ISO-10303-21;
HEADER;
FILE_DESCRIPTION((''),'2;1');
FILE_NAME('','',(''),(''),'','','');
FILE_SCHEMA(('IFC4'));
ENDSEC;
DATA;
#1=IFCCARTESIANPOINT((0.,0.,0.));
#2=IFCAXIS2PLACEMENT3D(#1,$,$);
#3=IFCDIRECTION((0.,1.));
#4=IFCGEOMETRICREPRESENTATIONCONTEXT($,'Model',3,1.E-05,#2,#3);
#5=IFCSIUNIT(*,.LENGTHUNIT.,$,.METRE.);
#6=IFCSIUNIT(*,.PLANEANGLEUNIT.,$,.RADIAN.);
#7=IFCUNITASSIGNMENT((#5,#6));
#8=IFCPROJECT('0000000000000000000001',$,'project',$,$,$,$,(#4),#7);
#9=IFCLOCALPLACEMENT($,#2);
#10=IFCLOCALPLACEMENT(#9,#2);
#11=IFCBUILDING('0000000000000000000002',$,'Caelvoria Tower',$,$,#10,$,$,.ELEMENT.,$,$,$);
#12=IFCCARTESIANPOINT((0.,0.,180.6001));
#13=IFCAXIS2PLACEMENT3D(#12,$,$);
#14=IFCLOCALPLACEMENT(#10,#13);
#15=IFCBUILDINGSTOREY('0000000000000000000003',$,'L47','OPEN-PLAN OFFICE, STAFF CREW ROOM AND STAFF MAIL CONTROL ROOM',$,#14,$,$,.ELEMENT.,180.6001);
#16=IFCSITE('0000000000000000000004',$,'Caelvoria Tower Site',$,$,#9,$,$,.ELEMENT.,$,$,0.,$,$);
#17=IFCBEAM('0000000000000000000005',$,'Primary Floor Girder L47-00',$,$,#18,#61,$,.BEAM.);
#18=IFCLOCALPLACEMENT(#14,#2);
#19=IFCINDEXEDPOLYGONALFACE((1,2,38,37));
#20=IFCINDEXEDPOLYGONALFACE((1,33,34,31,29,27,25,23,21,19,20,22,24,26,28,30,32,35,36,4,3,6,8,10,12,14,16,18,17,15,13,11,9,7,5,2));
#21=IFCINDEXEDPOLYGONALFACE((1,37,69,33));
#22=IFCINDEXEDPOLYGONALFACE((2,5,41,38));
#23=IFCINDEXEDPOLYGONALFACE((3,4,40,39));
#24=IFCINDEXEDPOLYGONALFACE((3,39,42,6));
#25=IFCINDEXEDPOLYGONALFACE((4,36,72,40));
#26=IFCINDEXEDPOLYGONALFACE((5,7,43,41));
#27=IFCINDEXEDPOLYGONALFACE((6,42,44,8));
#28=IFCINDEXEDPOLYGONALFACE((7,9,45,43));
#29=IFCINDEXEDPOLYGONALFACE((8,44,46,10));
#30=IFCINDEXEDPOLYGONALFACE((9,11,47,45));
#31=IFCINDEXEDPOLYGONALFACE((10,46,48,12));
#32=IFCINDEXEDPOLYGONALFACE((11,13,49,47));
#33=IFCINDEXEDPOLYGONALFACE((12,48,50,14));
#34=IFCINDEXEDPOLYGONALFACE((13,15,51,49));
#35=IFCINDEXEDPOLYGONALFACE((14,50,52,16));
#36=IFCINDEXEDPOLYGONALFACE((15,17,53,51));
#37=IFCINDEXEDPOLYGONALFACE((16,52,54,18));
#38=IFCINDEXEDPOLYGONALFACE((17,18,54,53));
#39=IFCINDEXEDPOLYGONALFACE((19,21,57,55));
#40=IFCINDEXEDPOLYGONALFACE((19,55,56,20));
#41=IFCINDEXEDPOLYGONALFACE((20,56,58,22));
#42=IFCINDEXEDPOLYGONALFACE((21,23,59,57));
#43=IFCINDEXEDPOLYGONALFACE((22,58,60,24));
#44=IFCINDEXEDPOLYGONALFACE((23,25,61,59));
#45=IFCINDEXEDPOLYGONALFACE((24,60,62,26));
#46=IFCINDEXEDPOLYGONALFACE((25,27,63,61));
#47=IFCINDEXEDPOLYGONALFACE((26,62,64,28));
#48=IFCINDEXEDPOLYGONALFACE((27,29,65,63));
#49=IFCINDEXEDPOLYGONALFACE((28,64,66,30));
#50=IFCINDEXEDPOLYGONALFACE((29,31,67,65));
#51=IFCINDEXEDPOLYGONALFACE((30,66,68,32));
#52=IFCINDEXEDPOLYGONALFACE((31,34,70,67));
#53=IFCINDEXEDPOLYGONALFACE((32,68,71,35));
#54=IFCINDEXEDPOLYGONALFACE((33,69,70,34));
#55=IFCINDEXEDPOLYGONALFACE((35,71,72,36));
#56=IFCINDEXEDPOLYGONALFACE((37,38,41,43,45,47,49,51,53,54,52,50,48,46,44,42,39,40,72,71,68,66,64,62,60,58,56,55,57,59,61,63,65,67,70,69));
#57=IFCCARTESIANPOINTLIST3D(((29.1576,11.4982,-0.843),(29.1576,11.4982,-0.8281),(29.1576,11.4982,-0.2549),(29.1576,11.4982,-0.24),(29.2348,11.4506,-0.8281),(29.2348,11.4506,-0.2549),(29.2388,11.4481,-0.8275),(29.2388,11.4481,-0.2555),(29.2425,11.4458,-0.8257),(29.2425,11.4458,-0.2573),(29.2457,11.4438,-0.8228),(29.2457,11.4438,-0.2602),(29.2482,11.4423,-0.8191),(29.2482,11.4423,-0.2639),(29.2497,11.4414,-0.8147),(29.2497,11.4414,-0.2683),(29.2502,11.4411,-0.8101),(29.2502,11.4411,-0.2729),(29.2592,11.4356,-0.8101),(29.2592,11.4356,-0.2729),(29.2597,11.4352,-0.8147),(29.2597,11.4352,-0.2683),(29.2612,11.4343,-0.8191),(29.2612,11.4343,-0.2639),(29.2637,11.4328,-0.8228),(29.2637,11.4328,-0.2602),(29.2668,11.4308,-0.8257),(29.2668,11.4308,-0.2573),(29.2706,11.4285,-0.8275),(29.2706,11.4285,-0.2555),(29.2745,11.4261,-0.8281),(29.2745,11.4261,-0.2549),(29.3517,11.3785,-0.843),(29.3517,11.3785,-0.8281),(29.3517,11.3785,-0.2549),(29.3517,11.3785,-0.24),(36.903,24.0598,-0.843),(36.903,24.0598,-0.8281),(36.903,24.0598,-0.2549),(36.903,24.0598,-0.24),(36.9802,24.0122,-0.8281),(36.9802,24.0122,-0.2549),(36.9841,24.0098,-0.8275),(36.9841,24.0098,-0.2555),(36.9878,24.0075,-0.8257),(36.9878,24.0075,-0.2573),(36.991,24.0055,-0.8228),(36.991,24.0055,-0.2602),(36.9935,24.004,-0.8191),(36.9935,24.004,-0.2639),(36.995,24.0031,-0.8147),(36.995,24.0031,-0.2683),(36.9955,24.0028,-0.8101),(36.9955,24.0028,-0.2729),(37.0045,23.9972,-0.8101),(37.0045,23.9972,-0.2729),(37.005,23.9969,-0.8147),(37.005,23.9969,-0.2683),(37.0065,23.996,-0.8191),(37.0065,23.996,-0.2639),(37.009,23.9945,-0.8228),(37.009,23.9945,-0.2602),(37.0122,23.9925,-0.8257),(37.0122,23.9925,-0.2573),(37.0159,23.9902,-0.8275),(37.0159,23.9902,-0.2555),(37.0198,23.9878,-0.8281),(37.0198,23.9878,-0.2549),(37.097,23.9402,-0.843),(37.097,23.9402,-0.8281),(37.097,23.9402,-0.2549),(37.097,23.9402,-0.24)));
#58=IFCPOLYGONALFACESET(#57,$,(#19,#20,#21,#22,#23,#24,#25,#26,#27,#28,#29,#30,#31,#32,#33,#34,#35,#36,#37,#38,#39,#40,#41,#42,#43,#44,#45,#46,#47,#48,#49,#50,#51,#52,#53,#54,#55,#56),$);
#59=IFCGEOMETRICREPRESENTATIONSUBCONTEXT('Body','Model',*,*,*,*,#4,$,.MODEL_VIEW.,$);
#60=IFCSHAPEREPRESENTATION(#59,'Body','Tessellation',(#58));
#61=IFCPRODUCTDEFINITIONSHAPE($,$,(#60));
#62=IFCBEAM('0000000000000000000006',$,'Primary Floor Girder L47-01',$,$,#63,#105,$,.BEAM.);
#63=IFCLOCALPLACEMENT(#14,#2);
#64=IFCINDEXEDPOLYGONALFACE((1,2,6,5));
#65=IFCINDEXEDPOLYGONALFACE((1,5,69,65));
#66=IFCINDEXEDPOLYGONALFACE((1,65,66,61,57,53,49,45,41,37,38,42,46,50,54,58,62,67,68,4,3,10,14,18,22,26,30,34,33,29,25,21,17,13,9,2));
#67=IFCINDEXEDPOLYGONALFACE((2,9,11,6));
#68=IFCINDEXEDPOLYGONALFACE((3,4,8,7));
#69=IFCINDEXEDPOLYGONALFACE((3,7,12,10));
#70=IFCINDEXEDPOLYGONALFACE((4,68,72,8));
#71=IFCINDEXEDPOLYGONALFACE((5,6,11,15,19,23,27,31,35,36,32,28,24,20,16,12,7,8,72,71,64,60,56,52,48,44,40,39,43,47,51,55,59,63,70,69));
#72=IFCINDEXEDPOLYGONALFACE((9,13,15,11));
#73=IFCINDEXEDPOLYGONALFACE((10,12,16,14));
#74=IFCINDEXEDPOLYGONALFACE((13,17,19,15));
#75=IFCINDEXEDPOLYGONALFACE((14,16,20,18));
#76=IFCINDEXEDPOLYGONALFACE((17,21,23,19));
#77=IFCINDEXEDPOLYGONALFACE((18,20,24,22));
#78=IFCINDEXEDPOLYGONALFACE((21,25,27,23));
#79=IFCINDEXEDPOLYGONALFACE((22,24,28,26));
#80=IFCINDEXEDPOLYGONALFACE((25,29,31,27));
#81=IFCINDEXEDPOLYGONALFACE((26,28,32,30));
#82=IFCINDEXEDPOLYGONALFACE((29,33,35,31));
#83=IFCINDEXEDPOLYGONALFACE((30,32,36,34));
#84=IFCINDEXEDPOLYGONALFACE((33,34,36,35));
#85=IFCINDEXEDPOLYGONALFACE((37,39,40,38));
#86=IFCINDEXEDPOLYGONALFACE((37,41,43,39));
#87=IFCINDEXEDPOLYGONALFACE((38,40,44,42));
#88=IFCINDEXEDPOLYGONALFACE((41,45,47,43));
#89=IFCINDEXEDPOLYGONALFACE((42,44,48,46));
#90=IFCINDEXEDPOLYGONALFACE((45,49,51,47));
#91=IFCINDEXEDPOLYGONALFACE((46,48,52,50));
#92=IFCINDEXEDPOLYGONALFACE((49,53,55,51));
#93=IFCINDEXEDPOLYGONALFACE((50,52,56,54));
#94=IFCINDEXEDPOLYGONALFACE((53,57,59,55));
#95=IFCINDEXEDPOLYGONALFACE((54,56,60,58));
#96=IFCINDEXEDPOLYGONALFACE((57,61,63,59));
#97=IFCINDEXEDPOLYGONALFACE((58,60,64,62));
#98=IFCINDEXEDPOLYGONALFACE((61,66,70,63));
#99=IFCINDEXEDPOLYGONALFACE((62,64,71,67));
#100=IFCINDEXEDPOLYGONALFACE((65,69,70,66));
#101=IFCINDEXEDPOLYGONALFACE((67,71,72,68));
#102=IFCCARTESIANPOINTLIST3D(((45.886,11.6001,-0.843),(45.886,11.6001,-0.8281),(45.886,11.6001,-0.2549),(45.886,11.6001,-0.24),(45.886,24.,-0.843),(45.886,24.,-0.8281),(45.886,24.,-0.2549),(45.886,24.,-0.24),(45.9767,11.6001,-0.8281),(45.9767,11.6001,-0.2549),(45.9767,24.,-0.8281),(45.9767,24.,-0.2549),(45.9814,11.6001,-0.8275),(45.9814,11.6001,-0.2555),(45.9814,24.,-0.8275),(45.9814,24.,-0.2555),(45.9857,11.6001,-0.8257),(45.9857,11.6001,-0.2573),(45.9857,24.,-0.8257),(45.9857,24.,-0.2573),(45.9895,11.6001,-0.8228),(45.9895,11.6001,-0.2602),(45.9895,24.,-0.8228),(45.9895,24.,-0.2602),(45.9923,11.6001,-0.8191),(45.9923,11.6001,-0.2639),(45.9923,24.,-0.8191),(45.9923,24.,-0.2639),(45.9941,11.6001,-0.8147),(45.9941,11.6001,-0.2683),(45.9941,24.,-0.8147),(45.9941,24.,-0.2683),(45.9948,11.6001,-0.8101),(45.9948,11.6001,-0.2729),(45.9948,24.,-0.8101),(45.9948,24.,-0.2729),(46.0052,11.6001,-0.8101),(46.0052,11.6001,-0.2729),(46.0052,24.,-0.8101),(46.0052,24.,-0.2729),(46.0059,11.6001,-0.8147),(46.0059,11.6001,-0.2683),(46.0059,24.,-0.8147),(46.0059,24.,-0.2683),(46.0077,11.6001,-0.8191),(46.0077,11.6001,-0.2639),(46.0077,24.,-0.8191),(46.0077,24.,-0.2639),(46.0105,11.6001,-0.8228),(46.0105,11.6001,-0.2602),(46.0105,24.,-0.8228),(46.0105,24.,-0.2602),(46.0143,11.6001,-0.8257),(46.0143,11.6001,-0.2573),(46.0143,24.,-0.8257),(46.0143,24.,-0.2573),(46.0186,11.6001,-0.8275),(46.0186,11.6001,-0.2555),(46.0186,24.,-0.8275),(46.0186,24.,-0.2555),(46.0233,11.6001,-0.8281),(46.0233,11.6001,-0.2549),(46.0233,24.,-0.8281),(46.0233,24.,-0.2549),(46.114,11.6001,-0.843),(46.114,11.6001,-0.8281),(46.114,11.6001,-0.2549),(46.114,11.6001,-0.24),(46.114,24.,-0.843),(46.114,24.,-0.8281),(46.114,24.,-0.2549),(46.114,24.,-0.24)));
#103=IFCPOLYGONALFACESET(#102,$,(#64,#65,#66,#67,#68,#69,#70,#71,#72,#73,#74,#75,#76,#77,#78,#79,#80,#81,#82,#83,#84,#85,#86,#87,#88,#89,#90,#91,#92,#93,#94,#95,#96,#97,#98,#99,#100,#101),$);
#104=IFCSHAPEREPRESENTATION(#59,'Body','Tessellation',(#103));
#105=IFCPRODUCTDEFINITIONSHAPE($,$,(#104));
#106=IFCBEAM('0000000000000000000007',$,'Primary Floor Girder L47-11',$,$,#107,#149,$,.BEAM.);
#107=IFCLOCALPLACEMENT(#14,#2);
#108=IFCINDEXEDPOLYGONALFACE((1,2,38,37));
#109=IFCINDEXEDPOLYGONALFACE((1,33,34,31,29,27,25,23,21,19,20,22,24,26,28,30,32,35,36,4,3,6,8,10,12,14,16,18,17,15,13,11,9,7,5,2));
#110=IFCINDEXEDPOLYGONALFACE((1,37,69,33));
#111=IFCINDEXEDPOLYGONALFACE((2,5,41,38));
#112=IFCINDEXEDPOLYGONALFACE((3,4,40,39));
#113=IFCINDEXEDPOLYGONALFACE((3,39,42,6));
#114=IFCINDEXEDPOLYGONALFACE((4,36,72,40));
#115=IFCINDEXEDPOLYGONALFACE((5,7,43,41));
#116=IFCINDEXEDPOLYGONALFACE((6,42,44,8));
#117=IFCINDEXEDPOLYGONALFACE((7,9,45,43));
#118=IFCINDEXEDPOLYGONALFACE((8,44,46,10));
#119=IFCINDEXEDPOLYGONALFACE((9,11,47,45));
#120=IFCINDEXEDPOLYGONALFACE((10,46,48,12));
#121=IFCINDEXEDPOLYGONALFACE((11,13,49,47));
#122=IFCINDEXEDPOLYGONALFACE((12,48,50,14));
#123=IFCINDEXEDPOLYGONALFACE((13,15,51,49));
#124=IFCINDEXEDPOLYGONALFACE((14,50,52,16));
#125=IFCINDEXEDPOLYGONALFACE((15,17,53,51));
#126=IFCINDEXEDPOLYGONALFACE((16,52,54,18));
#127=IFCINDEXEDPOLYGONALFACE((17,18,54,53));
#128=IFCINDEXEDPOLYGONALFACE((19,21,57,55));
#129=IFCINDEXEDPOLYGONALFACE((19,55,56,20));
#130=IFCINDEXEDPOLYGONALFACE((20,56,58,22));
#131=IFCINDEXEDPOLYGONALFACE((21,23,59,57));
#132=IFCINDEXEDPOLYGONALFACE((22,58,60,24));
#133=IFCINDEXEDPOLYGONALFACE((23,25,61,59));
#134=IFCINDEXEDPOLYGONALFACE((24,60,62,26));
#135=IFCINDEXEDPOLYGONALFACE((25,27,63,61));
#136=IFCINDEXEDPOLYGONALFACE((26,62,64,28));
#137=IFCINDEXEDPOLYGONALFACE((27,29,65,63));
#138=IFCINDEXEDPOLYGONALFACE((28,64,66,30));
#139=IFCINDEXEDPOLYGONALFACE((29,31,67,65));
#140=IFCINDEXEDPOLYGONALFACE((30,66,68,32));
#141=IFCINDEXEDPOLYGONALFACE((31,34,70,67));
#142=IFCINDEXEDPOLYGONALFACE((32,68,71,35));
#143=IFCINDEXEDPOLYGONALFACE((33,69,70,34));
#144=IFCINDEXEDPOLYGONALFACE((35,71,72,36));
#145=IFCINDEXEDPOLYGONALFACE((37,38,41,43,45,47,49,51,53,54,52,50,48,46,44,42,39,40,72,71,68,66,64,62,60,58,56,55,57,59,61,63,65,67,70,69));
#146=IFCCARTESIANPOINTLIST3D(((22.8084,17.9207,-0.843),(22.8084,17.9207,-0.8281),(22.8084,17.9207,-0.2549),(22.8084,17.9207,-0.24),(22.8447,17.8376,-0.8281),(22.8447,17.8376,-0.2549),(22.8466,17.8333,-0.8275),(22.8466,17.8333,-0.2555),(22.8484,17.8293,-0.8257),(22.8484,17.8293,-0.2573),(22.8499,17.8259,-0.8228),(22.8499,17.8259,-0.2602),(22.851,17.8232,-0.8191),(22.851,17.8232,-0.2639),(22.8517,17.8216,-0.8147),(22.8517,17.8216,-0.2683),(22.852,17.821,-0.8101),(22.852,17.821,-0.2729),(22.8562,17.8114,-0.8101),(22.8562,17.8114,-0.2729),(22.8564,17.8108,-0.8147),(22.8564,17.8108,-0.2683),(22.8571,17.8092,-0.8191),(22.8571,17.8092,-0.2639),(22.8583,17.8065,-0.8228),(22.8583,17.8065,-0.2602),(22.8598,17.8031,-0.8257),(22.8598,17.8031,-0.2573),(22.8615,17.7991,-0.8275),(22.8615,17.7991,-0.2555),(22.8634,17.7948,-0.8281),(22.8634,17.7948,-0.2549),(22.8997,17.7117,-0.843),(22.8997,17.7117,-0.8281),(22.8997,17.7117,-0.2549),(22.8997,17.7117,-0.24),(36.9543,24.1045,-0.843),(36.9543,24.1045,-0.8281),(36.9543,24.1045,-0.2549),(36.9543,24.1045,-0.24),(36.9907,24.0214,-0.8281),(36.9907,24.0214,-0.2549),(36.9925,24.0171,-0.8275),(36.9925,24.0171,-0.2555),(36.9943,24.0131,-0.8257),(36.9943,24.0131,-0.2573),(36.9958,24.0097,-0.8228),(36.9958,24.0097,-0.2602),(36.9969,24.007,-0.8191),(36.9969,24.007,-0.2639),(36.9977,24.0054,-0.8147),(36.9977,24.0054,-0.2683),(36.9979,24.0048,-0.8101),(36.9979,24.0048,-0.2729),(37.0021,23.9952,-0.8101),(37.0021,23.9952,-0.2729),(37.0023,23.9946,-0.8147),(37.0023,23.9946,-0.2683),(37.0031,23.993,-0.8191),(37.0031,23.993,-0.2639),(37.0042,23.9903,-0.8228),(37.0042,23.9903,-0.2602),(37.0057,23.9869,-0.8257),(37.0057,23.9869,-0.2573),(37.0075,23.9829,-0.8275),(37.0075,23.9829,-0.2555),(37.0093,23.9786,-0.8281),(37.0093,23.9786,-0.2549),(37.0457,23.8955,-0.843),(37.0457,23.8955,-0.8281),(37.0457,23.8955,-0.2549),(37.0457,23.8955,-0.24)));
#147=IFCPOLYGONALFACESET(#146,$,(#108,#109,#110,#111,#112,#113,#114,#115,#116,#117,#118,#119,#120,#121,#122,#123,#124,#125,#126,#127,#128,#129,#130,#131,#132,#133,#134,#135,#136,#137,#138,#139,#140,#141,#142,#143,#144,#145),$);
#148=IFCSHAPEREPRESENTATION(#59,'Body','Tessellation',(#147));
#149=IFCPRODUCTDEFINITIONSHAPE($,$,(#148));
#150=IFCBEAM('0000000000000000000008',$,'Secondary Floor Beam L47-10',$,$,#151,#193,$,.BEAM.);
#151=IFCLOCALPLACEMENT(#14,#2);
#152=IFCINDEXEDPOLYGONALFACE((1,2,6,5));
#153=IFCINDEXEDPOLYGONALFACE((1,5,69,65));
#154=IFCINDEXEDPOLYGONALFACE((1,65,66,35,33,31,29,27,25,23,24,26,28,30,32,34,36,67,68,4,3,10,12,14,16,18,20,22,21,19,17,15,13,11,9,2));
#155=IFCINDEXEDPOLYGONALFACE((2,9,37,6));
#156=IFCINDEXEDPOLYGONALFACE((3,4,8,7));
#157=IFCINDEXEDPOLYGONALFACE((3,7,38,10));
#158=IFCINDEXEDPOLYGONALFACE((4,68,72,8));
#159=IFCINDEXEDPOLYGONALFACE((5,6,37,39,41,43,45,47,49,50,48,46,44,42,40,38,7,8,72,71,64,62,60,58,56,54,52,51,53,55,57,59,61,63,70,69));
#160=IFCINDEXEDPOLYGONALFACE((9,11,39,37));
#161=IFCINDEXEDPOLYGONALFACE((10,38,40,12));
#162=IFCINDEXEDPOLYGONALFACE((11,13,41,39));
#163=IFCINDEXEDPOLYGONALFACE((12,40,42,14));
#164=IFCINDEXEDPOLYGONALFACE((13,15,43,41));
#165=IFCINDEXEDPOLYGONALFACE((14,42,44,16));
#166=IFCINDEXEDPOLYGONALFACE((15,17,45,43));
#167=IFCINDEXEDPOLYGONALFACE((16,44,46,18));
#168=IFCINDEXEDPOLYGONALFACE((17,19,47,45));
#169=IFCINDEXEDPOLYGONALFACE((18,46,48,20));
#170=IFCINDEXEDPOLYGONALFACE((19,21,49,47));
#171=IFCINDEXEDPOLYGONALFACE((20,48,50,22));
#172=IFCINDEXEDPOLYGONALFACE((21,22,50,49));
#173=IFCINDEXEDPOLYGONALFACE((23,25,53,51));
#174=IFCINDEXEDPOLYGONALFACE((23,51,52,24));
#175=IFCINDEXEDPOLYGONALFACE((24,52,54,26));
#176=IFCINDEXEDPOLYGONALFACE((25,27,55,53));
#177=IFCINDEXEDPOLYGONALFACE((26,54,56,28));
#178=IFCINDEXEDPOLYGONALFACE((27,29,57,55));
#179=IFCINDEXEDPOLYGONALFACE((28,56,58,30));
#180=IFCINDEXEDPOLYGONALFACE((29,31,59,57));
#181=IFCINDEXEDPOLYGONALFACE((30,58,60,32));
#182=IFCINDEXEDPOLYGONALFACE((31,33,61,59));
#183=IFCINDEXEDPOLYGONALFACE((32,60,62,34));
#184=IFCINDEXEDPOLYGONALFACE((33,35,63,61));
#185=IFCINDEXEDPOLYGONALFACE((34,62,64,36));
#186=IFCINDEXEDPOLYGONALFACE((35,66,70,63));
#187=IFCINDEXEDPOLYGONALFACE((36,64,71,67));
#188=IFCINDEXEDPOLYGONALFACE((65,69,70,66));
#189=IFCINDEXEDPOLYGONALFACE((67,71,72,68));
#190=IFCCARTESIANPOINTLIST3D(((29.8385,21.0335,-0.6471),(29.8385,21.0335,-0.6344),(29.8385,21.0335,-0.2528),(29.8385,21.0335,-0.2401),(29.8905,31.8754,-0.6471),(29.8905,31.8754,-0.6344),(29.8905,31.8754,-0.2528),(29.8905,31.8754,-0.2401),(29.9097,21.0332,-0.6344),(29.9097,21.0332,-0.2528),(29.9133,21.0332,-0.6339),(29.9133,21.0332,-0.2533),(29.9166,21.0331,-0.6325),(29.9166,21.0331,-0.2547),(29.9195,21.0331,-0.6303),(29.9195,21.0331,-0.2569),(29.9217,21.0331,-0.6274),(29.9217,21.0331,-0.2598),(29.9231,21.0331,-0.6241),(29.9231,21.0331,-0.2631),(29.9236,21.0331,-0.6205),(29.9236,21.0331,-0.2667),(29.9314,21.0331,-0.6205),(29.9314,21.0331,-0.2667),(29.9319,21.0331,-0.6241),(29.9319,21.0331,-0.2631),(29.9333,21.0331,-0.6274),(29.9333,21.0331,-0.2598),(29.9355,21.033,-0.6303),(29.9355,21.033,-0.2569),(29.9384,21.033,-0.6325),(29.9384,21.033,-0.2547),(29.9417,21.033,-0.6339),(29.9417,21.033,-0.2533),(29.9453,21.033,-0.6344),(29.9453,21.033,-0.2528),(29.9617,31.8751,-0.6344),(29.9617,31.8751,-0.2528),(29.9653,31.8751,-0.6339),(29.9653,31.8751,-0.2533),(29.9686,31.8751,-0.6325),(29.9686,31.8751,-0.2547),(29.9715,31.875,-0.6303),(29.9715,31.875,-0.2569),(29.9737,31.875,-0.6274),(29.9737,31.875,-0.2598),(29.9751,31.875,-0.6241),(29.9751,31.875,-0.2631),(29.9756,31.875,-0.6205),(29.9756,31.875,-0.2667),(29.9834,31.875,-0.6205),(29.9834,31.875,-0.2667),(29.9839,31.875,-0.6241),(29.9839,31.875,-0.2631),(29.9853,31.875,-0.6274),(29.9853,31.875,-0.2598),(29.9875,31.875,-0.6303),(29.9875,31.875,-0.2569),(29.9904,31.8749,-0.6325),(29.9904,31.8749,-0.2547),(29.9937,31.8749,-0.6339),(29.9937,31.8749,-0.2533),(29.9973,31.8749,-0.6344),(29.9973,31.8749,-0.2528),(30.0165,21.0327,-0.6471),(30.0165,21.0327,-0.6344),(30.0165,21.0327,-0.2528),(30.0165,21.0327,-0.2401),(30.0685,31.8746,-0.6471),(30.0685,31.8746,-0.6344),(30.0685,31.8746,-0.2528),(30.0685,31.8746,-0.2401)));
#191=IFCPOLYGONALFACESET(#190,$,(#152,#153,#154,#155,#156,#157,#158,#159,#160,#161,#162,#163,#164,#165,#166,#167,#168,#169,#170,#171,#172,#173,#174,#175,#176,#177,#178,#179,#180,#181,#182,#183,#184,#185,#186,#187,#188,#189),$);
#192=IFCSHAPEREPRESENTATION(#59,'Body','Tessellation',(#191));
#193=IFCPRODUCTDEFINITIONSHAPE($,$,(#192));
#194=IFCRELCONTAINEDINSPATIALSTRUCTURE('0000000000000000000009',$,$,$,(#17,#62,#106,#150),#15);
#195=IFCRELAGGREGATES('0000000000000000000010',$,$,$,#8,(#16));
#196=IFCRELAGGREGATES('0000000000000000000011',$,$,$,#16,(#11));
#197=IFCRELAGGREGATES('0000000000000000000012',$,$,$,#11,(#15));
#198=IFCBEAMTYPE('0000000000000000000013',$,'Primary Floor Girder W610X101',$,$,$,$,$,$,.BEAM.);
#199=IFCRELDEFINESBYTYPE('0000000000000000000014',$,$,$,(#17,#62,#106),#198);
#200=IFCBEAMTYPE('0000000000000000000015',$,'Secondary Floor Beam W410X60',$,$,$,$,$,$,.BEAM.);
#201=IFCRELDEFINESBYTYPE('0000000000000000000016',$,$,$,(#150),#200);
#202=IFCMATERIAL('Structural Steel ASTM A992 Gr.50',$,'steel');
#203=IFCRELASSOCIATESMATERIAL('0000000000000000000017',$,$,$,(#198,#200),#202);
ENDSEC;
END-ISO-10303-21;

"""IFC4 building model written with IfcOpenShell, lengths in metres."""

from ifc_helpers import new_model, si_unit, direction, frame, origin, origin_2d, place, context, subcontext, project, spatial, i_section, extrude, material, material_profile, profile_set, type_object, element, save


model = new_model("IFC4")

# Units and contexts
model_context = context("Model", 3, precision=1e-05, world=origin(), true_north=direction((0.0, 1.0)))
body_context = subcontext(model_context, "Body", "Model", "MODEL_VIEW")
ifc_project = project(units=[si_unit("LENGTHUNIT", "METRE"), si_unit("PLANEANGLEUNIT", "RADIAN")], contexts=[model_context])

# Site, building, storey
site_placement = place(None, origin())
site = spatial("IfcSite", under=ifc_project, at=site_placement, Name="Caelvoria Tower Site", CompositionType="ELEMENT", RefElevation=0.0)
building_placement = place(site_placement, origin())
building = spatial("IfcBuilding", under=site, at=building_placement, Name="Caelvoria Tower", CompositionType="ELEMENT")
storey_placement = place(building_placement, frame((0.0, 0.0, 180.6001)))
storey = spatial("IfcBuildingStorey", under=building, at=storey_placement, Name="L47", Description="OPEN-PLAN OFFICE, STAFF CREW ROOM AND STAFF MAIL CONTROL ROOM", CompositionType="ELEMENT", Elevation=180.6001)

# Beams
ifc_material_1 = material(Name="Structural Steel ASTM A992 Gr.50", Category="steel")
ifc_material_profile_1 = material_profile(ifc_material_1, i_section(OverallWidth=0.228, OverallDepth=0.603, WebThickness=0.0105, FlangeThickness=0.0149, FilletRadius=0.0181, at=origin_2d()), Name="Structural Steel ASTM A992 Gr.50")
ifc_profile_set_1 = profile_set([ifc_material_profile_1], Name="W610X101 - Structural Steel ASTM A992 Gr.50")
beam_type_1 = type_object("IfcBeamType", Name="Primary Floor Girder W610X101", PredefinedType="BEAM", material=ifc_profile_set_1)
beam_1_placement = place(storey_placement, frame((37.0, 24.0, -0.5415), z_axis=(-0.524837, -0.851203, 0.0), x_axis=(0.851203, -0.524837, 0.0)))
element("IfcBeam", 1, at=beam_1_placement, inside=storey, type_object=beam_type_1, Name="Primary Floor Girder L47-00", PredefinedType="BEAM", context=body_context, shape_type="SweptSolid", body=[
    extrude(i_section(OverallWidth=0.228, OverallDepth=0.603, WebThickness=0.0105, FlangeThickness=0.0149, FilletRadius=0.0181, at=origin_2d()), origin(), (0.0, 0.0, 1.0), 14.7576),
])
beam_2_placement = place(storey_placement, frame((46.0, 24.0, -0.5415), z_axis=(0.0, -1.0, 0.0), x_axis=(1.0, 0.0, 0.0)))
element("IfcBeam", 2, at=beam_2_placement, inside=storey, type_object=beam_type_1, Name="Primary Floor Girder L47-01", PredefinedType="BEAM", context=body_context, shape_type="SweptSolid", body=[
    extrude(i_section(OverallWidth=0.228, OverallDepth=0.603, WebThickness=0.0105, FlangeThickness=0.0149, FilletRadius=0.0181, at=origin_2d()), origin(), (0.0, 0.0, 1.0), 12.3999),
])
beam_3_placement = place(storey_placement, frame((37.0, 24.0, -0.5415), z_axis=(-0.916277, -0.400545, 0.0), x_axis=(0.400545, -0.916277, 0.0)))
element("IfcBeam", 3, at=beam_3_placement, inside=storey, type_object=beam_type_1, Name="Primary Floor Girder L47-11", PredefinedType="BEAM", context=body_context, shape_type="SweptSolid", body=[
    extrude(i_section(OverallWidth=0.228, OverallDepth=0.603, WebThickness=0.0105, FlangeThickness=0.0149, FilletRadius=0.0181, at=origin_2d()), origin(), (0.0, 0.0, 1.0), 15.4385),
])
ifc_material_profile_2 = material_profile(ifc_material_1, i_section(OverallWidth=0.178, OverallDepth=0.407, WebThickness=0.0078, FlangeThickness=0.0127, FilletRadius=0.0139, at=origin_2d()), Name="Structural Steel ASTM A992 Gr.50")
ifc_profile_set_2 = profile_set([ifc_material_profile_2], Name="W410X60 - Structural Steel ASTM A992 Gr.50")
beam_type_2 = type_object("IfcBeamType", Name="Secondary Floor Beam W410X60", PredefinedType="BEAM", material=ifc_profile_set_2)
beam_4_placement = place(storey_placement, frame((29.9795, 31.875, -0.4436), z_axis=(-0.004796, -0.999988, 0.0), x_axis=(0.999988, -0.004796, 0.0)))
element("IfcBeam", 4, at=beam_4_placement, inside=storey, type_object=beam_type_2, Name="Secondary Floor Beam L47-10", PredefinedType="BEAM", context=body_context, shape_type="SweptSolid", body=[
    extrude(i_section(OverallWidth=0.178, OverallDepth=0.407, WebThickness=0.0078, FlangeThickness=0.0127, FilletRadius=0.0139, at=origin_2d()), origin(), (0.0, 0.0, 1.0), 10.842),
])

save(model, "model.ifc")
